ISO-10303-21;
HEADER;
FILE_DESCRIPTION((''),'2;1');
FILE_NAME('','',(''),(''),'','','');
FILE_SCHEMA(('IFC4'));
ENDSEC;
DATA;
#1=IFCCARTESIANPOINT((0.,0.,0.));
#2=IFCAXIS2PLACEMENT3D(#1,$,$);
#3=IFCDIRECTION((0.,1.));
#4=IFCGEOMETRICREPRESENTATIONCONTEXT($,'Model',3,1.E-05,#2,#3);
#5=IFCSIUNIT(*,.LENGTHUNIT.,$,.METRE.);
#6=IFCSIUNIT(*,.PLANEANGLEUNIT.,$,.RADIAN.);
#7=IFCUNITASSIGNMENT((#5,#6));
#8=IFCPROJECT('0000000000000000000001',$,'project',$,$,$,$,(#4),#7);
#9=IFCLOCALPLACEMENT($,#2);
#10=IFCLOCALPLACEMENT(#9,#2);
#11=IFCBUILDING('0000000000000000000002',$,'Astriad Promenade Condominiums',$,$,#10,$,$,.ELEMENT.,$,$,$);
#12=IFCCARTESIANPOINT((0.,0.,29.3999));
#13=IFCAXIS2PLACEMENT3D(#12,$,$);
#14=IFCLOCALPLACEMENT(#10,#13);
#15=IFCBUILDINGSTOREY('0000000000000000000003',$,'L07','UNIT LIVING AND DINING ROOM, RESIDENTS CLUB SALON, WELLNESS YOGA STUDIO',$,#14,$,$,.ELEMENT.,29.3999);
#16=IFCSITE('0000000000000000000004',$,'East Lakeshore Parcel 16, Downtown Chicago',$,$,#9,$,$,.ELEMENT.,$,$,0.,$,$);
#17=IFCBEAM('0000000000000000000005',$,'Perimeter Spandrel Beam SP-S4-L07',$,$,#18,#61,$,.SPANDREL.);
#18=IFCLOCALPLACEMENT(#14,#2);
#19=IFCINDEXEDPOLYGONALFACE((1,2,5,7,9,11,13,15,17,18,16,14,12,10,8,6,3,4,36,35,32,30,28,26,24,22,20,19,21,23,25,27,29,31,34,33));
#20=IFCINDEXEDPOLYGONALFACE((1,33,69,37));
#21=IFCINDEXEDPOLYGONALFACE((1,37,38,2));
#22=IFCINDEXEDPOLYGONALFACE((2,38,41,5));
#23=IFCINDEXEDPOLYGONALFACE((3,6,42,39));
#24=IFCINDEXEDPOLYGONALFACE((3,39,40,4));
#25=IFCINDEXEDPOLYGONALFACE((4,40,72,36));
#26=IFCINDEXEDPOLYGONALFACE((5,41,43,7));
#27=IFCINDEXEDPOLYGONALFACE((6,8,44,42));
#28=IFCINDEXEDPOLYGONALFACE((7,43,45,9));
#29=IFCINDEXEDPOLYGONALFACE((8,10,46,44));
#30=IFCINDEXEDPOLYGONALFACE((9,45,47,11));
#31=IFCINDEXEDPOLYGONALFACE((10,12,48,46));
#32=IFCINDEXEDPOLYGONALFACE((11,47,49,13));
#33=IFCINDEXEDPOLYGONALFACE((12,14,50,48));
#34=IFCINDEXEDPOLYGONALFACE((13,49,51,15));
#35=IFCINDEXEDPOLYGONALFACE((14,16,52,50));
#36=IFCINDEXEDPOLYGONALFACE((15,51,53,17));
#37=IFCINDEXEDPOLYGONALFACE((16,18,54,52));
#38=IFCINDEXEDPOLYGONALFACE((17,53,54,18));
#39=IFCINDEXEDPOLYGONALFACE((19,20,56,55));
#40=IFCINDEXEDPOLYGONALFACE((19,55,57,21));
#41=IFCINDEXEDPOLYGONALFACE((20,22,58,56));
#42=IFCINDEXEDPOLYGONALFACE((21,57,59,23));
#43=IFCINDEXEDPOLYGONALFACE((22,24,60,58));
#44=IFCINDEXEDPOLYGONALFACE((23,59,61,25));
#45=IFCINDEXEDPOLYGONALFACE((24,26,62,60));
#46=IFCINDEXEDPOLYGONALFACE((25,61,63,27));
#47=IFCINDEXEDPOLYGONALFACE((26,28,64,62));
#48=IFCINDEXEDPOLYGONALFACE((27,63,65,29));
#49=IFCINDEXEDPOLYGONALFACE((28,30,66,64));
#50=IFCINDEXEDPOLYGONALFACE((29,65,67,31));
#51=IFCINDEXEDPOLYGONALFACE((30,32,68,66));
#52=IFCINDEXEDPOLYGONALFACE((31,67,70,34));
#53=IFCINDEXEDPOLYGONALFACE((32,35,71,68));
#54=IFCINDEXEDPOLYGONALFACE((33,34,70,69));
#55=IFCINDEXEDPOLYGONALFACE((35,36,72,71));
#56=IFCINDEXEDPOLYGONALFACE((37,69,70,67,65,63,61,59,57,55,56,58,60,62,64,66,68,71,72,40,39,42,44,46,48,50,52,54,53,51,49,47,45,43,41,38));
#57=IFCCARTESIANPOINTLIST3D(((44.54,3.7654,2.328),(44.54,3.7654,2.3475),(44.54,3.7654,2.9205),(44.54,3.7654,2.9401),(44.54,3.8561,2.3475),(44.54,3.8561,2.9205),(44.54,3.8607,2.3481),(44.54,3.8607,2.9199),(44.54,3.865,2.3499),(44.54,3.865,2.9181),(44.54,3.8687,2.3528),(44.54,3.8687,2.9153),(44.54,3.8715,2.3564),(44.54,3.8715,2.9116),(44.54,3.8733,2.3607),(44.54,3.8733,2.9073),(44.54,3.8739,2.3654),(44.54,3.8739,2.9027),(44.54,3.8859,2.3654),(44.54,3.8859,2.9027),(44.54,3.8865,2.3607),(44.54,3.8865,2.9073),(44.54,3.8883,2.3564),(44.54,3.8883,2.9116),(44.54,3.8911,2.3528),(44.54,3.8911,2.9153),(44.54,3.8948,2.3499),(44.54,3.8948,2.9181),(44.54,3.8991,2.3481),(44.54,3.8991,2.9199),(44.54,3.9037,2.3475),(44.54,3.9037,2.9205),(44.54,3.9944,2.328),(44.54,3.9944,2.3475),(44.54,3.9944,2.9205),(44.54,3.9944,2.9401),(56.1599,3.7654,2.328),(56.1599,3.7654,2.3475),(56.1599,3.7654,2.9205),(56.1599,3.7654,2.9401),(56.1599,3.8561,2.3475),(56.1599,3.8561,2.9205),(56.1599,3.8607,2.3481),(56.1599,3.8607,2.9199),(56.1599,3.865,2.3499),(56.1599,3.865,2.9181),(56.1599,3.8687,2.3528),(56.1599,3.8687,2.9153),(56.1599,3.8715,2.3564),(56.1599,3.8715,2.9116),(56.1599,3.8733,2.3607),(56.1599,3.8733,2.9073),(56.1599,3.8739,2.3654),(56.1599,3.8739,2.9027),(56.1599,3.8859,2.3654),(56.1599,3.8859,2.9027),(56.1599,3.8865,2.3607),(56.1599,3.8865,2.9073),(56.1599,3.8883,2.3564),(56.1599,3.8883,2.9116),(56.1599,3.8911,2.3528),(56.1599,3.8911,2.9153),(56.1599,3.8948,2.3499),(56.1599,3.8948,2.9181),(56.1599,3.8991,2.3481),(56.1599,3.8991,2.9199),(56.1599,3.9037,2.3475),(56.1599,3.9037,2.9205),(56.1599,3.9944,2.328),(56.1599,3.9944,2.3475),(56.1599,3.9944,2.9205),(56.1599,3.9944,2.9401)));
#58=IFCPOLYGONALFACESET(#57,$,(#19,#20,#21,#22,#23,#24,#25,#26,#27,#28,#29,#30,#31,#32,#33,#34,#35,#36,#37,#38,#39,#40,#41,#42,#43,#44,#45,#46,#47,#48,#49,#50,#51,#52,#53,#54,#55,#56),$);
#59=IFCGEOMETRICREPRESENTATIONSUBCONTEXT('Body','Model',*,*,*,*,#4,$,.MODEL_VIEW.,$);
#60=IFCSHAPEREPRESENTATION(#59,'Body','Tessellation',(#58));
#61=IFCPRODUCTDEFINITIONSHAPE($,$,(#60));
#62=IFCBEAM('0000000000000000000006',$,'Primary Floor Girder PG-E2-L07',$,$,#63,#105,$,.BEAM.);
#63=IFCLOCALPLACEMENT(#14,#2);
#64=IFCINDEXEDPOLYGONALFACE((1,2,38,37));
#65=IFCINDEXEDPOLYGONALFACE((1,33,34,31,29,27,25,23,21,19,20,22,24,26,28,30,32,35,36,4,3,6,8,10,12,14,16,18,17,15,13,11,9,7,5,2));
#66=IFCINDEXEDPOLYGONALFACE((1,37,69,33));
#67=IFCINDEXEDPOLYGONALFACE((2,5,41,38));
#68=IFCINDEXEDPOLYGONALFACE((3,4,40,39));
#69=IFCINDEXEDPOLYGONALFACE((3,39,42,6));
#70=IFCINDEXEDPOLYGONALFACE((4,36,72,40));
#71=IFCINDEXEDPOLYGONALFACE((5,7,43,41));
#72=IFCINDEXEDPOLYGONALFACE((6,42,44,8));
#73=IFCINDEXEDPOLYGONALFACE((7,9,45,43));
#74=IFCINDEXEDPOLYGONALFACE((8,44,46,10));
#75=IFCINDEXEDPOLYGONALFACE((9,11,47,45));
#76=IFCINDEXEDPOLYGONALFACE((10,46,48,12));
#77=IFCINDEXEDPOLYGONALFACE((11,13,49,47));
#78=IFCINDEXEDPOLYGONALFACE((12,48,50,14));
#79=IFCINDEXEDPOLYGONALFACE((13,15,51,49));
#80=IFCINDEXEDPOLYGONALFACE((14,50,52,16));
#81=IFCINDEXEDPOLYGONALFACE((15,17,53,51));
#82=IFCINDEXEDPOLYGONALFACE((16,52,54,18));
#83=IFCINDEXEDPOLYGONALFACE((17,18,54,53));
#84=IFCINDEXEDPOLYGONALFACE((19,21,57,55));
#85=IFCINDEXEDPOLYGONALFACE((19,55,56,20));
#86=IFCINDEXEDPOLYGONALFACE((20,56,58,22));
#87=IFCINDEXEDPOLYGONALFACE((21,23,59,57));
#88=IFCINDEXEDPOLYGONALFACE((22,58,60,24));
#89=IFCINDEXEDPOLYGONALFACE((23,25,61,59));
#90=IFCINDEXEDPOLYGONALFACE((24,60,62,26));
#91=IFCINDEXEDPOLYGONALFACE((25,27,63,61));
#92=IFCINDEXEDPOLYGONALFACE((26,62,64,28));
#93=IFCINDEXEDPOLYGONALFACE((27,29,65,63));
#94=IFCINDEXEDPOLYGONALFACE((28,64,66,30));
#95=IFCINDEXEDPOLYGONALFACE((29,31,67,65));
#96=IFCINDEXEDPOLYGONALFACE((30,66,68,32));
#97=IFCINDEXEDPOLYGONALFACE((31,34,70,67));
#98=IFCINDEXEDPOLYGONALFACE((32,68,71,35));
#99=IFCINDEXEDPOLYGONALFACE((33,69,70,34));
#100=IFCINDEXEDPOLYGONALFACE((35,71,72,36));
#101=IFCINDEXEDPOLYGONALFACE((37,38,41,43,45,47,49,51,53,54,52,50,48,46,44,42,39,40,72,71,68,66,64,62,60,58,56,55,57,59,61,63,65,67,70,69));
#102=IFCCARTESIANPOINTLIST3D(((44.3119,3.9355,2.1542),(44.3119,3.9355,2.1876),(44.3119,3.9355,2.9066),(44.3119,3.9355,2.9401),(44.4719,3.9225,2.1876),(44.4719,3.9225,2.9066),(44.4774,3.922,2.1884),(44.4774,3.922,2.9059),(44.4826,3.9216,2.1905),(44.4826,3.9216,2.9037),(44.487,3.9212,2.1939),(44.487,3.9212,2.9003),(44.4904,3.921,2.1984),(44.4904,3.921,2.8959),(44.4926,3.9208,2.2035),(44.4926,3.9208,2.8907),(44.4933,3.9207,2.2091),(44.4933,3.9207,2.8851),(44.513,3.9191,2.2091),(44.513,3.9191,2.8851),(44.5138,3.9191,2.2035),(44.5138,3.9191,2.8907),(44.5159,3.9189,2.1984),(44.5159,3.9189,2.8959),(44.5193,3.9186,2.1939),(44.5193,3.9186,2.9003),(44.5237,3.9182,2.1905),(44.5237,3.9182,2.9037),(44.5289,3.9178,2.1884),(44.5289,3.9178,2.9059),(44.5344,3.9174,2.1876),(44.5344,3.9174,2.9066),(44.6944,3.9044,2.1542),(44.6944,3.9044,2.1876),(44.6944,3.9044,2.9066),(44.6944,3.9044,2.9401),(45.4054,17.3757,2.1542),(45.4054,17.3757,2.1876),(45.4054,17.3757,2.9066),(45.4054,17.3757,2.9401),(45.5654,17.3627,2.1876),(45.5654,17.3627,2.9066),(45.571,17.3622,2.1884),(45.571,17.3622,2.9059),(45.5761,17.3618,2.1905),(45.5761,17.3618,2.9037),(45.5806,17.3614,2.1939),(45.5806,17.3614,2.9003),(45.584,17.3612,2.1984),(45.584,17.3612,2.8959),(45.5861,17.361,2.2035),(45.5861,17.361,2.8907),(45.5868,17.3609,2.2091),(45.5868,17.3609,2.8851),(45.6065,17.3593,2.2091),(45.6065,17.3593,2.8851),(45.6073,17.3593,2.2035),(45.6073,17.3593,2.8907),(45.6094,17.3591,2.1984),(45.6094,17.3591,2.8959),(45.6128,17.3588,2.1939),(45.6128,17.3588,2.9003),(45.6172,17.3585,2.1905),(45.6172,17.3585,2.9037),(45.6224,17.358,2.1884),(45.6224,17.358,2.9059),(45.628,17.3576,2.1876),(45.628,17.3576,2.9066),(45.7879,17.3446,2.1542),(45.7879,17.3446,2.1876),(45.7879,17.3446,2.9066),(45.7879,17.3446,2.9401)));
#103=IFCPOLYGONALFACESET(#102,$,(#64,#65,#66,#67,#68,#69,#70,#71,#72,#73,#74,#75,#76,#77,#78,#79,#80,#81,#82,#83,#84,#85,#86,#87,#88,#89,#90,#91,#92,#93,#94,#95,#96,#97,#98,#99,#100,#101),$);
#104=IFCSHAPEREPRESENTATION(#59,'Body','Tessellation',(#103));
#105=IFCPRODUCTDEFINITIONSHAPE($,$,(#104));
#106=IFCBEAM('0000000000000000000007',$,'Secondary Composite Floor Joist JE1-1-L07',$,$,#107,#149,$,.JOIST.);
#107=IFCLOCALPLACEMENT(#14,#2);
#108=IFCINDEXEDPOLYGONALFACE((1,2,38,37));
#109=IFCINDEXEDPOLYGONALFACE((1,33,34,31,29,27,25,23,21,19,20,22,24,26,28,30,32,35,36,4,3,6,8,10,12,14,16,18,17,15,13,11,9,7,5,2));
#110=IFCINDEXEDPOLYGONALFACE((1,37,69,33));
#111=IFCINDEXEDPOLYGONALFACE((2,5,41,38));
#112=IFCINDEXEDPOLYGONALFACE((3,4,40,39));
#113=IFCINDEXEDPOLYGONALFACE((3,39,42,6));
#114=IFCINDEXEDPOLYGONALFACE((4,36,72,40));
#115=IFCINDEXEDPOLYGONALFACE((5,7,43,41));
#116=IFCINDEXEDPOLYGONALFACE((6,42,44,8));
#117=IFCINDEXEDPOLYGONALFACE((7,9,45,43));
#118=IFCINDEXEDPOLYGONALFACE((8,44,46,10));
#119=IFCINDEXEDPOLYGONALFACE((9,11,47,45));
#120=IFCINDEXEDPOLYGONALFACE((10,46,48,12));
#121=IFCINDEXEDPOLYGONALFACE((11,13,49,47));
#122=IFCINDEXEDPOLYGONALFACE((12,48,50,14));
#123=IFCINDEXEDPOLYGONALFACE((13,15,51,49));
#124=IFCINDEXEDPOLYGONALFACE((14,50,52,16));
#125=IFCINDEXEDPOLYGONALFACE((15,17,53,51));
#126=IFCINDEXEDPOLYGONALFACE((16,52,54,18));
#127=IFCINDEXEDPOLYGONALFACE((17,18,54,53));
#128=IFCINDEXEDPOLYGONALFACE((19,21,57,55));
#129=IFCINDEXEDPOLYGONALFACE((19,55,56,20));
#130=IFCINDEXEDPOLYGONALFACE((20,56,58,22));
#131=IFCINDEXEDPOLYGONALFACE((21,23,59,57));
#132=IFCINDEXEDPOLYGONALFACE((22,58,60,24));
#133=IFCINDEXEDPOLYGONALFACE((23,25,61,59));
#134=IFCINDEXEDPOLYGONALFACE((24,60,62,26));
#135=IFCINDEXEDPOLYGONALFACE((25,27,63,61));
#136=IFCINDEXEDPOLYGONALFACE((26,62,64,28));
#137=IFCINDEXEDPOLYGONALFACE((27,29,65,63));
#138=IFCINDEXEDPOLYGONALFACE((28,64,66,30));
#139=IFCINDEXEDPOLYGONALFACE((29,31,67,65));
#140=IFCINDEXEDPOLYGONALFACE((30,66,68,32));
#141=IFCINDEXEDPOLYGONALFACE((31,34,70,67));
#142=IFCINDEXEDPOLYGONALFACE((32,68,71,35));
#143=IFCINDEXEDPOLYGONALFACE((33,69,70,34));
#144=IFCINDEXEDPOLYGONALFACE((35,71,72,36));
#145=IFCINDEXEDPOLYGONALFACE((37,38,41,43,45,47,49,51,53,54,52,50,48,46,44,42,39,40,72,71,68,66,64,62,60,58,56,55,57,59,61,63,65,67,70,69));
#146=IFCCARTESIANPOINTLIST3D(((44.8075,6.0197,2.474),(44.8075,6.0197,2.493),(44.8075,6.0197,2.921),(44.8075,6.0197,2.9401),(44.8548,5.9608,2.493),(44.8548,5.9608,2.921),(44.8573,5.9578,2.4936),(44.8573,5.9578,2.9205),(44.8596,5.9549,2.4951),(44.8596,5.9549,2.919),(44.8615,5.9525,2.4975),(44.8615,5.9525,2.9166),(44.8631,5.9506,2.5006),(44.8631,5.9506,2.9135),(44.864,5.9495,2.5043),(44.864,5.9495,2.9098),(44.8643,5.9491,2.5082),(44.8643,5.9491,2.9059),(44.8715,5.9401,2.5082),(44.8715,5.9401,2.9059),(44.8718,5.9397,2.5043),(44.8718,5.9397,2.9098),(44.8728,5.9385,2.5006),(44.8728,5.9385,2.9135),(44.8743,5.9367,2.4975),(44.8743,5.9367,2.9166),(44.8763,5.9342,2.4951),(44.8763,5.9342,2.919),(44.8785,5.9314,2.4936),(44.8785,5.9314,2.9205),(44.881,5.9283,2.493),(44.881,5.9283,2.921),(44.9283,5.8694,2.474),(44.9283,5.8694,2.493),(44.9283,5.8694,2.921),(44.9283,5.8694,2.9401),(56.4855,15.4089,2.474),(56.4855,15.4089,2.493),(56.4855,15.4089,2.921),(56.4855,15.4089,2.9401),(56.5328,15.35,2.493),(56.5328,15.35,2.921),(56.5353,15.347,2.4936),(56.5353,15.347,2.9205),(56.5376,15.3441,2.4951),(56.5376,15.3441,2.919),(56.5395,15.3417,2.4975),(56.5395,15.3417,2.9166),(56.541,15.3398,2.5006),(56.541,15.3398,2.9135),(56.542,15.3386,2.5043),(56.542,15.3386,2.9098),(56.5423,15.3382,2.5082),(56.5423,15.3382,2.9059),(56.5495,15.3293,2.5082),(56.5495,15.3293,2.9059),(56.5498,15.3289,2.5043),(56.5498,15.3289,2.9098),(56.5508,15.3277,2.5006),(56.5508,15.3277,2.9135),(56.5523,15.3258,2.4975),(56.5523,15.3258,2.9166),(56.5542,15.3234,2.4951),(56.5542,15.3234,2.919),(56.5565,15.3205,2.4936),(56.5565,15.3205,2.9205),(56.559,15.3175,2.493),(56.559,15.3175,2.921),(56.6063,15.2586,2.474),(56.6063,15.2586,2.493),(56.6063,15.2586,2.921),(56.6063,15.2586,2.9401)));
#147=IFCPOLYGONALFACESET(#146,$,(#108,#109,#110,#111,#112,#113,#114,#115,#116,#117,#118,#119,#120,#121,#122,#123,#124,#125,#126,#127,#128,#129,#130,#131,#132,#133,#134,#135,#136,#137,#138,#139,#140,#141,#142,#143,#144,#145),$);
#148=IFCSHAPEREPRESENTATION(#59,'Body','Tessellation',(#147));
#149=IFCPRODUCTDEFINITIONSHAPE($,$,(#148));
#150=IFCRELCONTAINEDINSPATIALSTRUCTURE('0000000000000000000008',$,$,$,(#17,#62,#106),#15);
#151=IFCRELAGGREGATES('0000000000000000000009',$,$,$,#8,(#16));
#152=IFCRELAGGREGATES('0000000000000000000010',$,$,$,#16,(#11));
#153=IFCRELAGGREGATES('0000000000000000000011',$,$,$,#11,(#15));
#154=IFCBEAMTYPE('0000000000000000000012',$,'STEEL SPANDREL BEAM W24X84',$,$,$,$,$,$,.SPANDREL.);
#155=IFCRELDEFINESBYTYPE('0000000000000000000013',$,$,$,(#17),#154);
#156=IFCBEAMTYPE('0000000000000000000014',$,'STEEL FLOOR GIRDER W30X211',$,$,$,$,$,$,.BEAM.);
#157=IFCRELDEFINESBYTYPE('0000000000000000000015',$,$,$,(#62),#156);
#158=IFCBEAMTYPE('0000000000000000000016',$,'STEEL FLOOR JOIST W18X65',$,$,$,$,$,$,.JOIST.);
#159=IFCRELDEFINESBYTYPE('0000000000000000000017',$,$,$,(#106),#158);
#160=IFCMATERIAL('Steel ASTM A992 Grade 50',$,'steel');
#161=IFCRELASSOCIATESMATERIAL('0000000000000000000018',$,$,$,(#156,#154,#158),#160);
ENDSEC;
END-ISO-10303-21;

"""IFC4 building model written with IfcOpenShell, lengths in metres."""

from ifc_helpers import new_model, si_unit, direction, frame, origin, origin_2d, place, context, subcontext, project, spatial, i_section, extrude, source, transform, mapped, material, material_profile, profile_set, type_object, type_shapes, element, save


model = new_model("IFC4")

# Units and contexts
model_context = context("Model", 3, precision=1e-05, world=origin(), true_north=direction((0.0, 1.0)))
body_context = subcontext(model_context, "Body", "Model", "MODEL_VIEW")
ifc_project = project(units=[si_unit("LENGTHUNIT", "METRE"), si_unit("PLANEANGLEUNIT", "RADIAN")], contexts=[model_context])

# Site, building, storey
site_placement = place(None, origin())
site = spatial("IfcSite", under=ifc_project, at=site_placement, Name="East Lakeshore Parcel 16, Downtown Chicago", CompositionType="ELEMENT", RefElevation=0.0)
building_placement = place(site_placement, origin())
building = spatial("IfcBuilding", under=site, at=building_placement, Name="Astriad Promenade Condominiums", CompositionType="ELEMENT")
storey_placement = place(building_placement, frame((0.0, 0.0, 29.3999)))
storey = spatial("IfcBuildingStorey", under=building, at=storey_placement, Name="L07", Description="UNIT LIVING AND DINING ROOM, RESIDENTS CLUB SALON, WELLNESS YOGA STUDIO", CompositionType="ELEMENT", Elevation=29.3999)

# Shared definitions
ifc_material_1 = material(Name="Steel ASTM A992 Grade 50", Category="steel")

# Beams
ifc_material_profile_1 = material_profile(ifc_material_1, i_section(OverallWidth=0.3838, OverallDepth=0.7859, WebThickness=0.0198, FlangeThickness=0.0334, FilletRadius=0.0215, at=origin_2d()), Name="W30X211")
ifc_profile_set_1 = profile_set([ifc_material_profile_1], Name="Steel ASTM A992 Grade 50")
beam_type_1 = type_object("IfcBeamType", Name="STEEL FLOOR GIRDER W30X211", PredefinedType="BEAM", material=ifc_profile_set_1)
ifc_material_profile_2 = material_profile(ifc_material_1, i_section(OverallWidth=0.229, OverallDepth=0.6121, WebThickness=0.012, FlangeThickness=0.0195, FilletRadius=0.0178, at=origin_2d()), Name="W24X84")
ifc_profile_set_2 = profile_set([ifc_material_profile_2], Name="Steel ASTM A992 Grade 50")
beam_type_2 = type_object("IfcBeamType", Name="STEEL SPANDREL BEAM W24X84", PredefinedType="SPANDREL", material=ifc_profile_set_2)
shared_shape_1 = source(origin(), body_context, "Body", "SweptSolid", [
    extrude(i_section(OverallWidth=0.229, OverallDepth=0.6121, WebThickness=0.012, FlangeThickness=0.0195, FilletRadius=0.0178, at=origin_2d()), origin(), (0.0, 0.0, 1.0), 11.6199),
])
type_shapes(beam_type_2, [shared_shape_1])
beam_1_placement = place(storey_placement, frame((44.54, 3.8799, 2.634), z_axis=(1.0, 0.0, 0.0), x_axis=(0.0, 1.0, 0.0)))
element("IfcBeam", 1, at=beam_1_placement, inside=storey, type_object=beam_type_2, Name="Perimeter Spandrel Beam SP-S4-L07", PredefinedType="SPANDREL", context=body_context, shape_type="MappedRepresentation", body=[
    mapped(shared_shape_1, transform((0.0, 0.0, 0.0), scale=1.0)),
])
shared_shape_2 = source(origin(), body_context, "Body", "SweptSolid", [
    extrude(i_section(OverallWidth=0.3838, OverallDepth=0.7859, WebThickness=0.0198, FlangeThickness=0.0334, FilletRadius=0.0215, at=origin_2d()), origin(), (0.0, 0.0, 1.0), 13.4846),
])
beam_2_placement = place(storey_placement, frame((44.5032, 3.9199, 2.5471), z_axis=(0.081093, 0.996707, 0.0), x_axis=(-0.996707, 0.081093, 0.0)))
element("IfcBeam", 2, at=beam_2_placement, inside=storey, type_object=beam_type_1, Name="Primary Floor Girder PG-E2-L07", PredefinedType="BEAM", context=body_context, shape_type="MappedRepresentation", body=[
    mapped(shared_shape_2, transform((0.0, 0.0, 0.0), scale=1.0)),
])
ifc_material_profile_3 = material_profile(ifc_material_1, i_section(OverallWidth=0.1929, OverallDepth=0.4661, WebThickness=0.0115, FlangeThickness=0.019, FilletRadius=0.0151, at=origin_2d()), Name="W18X65")
ifc_profile_set_3 = profile_set([ifc_material_profile_3], Name="Steel ASTM A992 Grade 50")
beam_type_3 = type_object("IfcBeamType", Name="STEEL FLOOR JOIST W18X65", PredefinedType="JOIST", material=ifc_profile_set_3)
shared_shape_3 = source(origin(), body_context, "Body", "SweptSolid", [
    extrude(i_section(OverallWidth=0.1929, OverallDepth=0.4661, WebThickness=0.0115, FlangeThickness=0.019, FilletRadius=0.0151, at=origin_2d()), origin(), (0.0, 0.0, 1.0), 14.9844),
])
beam_3_placement = place(storey_placement, frame((44.8679, 5.9446, 2.707), z_axis=(0.779344, 0.626597, 0.0), x_axis=(-0.626597, 0.779344, 0.0)))
element("IfcBeam", 3, at=beam_3_placement, inside=storey, type_object=beam_type_3, Name="Secondary Composite Floor Joist JE1-1-L07", PredefinedType="JOIST", context=body_context, shape_type="MappedRepresentation", body=[
    mapped(shared_shape_3, transform((0.0, 0.0, 0.0), scale=1.0)),
])

save(model, "model.ifc")
